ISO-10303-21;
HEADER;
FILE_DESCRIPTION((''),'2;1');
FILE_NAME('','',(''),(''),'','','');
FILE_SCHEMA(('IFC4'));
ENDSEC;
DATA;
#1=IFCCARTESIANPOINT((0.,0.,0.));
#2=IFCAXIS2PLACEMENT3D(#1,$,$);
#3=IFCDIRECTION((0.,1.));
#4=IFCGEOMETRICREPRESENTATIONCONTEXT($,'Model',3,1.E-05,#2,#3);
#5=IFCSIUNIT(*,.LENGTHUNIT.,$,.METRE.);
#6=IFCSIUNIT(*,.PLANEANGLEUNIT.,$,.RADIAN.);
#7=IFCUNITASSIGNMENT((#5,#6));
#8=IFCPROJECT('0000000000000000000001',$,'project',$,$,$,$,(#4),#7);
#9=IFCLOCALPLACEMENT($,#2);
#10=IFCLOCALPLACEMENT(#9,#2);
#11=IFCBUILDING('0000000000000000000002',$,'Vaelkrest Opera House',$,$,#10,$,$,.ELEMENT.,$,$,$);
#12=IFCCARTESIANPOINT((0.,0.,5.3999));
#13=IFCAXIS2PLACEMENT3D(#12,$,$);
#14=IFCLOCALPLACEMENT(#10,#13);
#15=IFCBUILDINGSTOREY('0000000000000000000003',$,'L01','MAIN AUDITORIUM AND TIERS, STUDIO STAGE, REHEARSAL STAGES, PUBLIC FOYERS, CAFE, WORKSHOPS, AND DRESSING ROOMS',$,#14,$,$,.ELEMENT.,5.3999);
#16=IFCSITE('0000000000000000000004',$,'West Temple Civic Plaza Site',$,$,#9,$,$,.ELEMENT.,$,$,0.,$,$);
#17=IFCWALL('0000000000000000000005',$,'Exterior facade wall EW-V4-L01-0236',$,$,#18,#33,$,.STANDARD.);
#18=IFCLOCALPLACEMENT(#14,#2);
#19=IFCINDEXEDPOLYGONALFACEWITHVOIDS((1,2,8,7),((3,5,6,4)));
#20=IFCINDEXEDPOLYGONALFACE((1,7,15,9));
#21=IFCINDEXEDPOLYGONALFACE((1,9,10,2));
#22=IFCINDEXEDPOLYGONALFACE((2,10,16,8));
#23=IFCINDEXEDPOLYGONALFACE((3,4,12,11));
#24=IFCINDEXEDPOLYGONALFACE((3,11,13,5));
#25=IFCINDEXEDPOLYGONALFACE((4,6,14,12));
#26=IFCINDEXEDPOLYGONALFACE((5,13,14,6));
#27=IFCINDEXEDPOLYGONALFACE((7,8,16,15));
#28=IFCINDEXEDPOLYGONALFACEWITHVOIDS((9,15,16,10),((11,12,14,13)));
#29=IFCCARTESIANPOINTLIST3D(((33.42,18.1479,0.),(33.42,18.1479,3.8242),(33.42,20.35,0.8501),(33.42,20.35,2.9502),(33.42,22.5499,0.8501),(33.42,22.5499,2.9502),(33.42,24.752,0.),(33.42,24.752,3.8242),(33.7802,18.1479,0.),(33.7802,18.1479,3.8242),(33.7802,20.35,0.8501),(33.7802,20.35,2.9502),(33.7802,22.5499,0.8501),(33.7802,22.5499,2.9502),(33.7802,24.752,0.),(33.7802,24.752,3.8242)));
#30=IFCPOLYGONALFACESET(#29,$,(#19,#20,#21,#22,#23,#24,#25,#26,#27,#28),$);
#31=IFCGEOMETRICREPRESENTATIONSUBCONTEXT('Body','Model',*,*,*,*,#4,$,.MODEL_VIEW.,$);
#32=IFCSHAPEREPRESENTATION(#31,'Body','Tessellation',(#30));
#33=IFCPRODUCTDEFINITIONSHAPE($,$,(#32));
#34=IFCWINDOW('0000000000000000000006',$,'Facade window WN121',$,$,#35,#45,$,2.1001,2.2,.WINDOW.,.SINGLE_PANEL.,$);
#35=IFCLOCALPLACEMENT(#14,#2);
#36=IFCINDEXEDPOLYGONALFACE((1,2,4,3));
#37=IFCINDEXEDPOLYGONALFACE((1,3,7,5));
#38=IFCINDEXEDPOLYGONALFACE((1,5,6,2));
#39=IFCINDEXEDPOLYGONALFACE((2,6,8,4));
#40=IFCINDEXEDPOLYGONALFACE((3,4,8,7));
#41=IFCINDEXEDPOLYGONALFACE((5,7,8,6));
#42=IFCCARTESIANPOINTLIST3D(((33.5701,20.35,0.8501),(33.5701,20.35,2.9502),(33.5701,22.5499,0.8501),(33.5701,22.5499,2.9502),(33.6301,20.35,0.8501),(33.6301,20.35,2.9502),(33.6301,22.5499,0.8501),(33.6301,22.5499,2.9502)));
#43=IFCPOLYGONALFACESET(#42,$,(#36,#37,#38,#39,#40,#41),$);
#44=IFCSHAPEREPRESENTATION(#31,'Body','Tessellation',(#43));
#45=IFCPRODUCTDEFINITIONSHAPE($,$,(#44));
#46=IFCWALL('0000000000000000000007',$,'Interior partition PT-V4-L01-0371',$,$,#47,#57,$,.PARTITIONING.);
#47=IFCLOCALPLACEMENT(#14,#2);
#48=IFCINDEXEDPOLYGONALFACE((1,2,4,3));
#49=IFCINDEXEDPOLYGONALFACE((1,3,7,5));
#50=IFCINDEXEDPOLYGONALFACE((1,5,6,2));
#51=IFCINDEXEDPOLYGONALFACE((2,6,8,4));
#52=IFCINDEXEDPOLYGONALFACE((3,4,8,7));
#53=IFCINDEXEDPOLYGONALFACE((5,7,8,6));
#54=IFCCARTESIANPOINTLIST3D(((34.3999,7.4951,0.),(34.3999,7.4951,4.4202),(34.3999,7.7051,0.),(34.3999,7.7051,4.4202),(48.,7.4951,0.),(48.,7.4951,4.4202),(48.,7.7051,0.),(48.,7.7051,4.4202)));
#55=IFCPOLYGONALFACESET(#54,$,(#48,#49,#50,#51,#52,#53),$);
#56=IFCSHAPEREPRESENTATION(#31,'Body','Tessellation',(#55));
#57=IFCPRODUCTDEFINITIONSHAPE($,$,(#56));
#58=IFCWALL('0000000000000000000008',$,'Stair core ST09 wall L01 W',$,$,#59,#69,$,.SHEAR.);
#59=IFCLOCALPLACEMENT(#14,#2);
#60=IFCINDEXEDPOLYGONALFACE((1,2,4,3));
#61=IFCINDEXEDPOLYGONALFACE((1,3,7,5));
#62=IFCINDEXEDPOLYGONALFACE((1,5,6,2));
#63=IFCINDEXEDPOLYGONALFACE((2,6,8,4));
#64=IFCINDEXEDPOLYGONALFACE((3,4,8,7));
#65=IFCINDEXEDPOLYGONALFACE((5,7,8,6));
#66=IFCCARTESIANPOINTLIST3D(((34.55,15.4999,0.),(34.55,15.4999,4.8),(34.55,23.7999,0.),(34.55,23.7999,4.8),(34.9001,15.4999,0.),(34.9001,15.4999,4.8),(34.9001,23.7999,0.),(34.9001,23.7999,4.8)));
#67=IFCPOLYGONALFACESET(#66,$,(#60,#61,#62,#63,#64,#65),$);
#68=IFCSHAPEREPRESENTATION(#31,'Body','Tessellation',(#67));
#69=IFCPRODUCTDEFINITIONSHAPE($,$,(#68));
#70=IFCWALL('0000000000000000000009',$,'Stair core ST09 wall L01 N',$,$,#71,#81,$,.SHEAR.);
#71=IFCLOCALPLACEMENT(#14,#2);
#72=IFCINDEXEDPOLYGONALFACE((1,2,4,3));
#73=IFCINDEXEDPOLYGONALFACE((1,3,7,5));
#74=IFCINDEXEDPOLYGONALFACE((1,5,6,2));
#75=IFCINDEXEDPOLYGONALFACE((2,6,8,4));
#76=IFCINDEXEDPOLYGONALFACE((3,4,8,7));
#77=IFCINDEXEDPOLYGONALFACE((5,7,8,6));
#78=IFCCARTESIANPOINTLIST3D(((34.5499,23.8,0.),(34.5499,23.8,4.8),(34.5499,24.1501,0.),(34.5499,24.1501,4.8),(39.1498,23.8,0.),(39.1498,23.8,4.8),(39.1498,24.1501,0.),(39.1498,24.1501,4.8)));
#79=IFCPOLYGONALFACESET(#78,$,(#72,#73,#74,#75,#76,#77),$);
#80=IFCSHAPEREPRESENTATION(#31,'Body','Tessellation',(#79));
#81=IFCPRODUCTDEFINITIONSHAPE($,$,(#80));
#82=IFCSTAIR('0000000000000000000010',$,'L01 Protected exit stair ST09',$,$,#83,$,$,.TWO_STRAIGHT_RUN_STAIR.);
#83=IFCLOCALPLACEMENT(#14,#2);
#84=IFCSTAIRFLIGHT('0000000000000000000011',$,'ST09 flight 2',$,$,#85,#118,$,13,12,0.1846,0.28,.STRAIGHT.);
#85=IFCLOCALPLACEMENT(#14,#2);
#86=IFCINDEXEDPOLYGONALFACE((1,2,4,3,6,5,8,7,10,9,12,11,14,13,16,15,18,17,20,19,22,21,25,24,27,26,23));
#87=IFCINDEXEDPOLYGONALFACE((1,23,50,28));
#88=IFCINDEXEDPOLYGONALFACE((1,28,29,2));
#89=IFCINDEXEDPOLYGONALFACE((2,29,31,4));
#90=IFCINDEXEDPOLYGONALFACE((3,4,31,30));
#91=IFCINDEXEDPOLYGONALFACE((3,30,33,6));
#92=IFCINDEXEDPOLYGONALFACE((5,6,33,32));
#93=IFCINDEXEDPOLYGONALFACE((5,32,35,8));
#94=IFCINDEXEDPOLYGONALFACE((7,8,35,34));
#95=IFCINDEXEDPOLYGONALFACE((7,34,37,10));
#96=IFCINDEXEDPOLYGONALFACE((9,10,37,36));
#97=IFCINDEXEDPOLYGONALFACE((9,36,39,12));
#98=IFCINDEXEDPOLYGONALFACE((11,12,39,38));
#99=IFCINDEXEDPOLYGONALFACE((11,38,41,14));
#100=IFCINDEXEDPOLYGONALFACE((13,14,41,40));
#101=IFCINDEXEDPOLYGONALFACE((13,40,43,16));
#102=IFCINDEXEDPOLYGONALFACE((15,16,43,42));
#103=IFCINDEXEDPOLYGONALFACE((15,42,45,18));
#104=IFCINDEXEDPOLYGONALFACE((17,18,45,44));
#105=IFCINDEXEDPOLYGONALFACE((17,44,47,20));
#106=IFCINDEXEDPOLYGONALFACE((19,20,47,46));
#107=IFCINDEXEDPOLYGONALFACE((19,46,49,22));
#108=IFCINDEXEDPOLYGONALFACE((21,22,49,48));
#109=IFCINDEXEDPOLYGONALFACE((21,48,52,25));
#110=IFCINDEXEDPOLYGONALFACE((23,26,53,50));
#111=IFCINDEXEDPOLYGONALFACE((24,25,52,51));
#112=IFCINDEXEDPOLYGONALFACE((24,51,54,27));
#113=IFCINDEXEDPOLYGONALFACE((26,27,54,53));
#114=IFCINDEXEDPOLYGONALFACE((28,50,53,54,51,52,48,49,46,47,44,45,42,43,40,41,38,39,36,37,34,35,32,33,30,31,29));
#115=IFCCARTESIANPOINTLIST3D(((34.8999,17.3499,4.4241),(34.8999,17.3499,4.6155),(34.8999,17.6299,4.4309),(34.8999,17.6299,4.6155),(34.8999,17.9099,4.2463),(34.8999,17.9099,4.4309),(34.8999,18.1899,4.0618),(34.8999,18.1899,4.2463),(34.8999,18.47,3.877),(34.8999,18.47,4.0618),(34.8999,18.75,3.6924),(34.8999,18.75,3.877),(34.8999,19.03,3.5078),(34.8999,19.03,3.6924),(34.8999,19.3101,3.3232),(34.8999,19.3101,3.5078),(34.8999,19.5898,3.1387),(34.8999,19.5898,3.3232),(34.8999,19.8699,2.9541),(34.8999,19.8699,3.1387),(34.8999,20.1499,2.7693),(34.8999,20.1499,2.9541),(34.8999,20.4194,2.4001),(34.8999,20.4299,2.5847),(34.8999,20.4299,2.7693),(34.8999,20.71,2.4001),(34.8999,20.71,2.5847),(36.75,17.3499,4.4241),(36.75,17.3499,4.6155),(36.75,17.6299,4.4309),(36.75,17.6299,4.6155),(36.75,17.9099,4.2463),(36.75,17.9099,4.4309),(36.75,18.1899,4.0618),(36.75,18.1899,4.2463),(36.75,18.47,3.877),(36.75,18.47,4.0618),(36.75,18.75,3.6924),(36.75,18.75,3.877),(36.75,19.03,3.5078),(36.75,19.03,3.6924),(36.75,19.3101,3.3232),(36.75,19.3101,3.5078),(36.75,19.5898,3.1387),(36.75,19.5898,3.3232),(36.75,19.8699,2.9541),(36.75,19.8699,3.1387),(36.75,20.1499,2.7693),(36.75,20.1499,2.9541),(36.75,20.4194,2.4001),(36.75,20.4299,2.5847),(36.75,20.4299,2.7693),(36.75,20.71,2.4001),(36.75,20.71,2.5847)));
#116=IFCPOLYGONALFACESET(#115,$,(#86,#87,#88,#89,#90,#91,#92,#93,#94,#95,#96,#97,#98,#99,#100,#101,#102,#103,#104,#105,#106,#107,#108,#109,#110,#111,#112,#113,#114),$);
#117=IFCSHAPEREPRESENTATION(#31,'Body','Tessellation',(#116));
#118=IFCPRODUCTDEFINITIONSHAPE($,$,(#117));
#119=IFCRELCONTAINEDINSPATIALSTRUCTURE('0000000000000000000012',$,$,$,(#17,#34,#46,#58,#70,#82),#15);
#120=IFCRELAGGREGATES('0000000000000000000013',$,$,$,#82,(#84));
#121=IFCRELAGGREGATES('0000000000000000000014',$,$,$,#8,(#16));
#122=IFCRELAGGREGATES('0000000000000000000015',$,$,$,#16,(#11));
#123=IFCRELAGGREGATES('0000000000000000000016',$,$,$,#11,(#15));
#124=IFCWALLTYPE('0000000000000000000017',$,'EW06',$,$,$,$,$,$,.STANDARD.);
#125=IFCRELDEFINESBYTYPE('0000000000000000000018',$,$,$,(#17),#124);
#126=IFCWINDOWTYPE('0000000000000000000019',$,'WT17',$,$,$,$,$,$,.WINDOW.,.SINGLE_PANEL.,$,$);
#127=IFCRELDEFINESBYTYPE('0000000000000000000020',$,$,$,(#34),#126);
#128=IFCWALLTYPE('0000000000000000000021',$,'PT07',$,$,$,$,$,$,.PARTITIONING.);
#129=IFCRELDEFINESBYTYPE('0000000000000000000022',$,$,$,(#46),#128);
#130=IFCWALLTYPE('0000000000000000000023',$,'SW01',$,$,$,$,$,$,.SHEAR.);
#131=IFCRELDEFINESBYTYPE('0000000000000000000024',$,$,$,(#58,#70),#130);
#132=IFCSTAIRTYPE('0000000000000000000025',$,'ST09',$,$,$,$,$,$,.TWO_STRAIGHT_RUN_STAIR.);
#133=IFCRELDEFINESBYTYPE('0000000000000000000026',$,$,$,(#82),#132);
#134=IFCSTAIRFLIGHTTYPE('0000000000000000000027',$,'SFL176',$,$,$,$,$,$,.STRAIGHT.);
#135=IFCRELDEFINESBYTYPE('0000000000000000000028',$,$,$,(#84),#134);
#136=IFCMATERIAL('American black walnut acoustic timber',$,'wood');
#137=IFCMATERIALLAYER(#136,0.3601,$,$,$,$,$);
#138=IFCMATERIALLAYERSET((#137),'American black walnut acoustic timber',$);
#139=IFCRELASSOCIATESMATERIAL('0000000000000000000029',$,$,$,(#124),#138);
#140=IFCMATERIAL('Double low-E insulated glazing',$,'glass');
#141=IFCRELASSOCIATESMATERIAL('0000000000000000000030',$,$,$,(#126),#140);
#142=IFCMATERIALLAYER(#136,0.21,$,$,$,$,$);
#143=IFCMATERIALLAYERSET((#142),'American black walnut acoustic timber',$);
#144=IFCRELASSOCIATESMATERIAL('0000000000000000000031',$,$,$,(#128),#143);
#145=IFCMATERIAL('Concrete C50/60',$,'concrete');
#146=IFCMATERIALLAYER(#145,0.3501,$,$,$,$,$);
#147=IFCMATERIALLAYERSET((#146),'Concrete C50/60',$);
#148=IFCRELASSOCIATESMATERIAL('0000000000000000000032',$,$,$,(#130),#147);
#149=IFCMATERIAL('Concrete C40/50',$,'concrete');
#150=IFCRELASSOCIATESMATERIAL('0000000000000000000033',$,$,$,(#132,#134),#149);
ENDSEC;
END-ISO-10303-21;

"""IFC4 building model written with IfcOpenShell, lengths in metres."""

from ifc_helpers import new_model, si_unit, direction, frame, frame_2d, origin, place, context, subcontext, project, spatial, polyline, rectangle, outline, extrude, material, layer, layer_set, type_object, element, fill, aggregate, save


model = new_model("IFC4")

# Units and contexts
model_context = context("Model", 3, precision=1e-05, world=origin(), true_north=direction((0.0, 1.0)))
body_context = subcontext(model_context, "Body", "Model", "MODEL_VIEW")
ifc_project = project(units=[si_unit("LENGTHUNIT", "METRE"), si_unit("PLANEANGLEUNIT", "RADIAN")], contexts=[model_context])

# Site, building, storey
site_placement = place(None, origin())
site = spatial("IfcSite", under=ifc_project, at=site_placement, Name="West Temple Civic Plaza Site", CompositionType="ELEMENT", RefElevation=0.0)
building_placement = place(site_placement, origin())
building = spatial("IfcBuilding", under=site, at=building_placement, Name="Vaelkrest Opera House", CompositionType="ELEMENT")
storey_placement = place(building_placement, frame((0.0, 0.0, 5.3999)))
storey = spatial("IfcBuildingStorey", under=building, at=storey_placement, Name="L01", Description="MAIN AUDITORIUM AND TIERS, STUDIO STAGE, REHEARSAL STAGES, PUBLIC FOYERS, CAFE, WORKSHOPS, AND DRESSING ROOMS", CompositionType="ELEMENT", Elevation=5.3999)

# Shared definitions
ifc_material_1 = material(Name="Concrete C50/60", Category="concrete")

# Shared definitions
ifc_material_2 = material(Name="Double low-E insulated glazing", Category="glass")

# Wall, opening, window
ifc_material_3 = material(Name="American black walnut acoustic timber", Category="wood")
ifc_layer_1 = layer(ifc_material_3, 0.3601)
ifc_layer_set_1 = layer_set([ifc_layer_1], Name="American black walnut acoustic timber")
wall_type_1 = type_object("IfcWallType", Name="EW06", PredefinedType="STANDARD", material=ifc_layer_set_1)
wall_1_placement = place(storey_placement, frame((33.6001, 18.1479, 0.0), z_axis=(0.0, 0.0, 1.0), x_axis=(0.0, 1.0, 0.0)))
wall_1 = element("IfcWall", 1, at=wall_1_placement, inside=storey, type_object=wall_type_1, Name="Exterior facade wall EW-V4-L01-0236", PredefinedType="STANDARD", context=body_context, shape_type="SweptSolid", body=[
    extrude(rectangle(XDim=6.604, YDim=0.3601, at=frame_2d((3.302, 0.0))), origin(), (0.0, 0.0, 1.0), 3.8242),
])
opening_placement = place(wall_1_placement, frame((2.2019, 0.0, 0.8501)))
opening = element("IfcOpeningElement", 2, at=opening_placement, cuts=wall_1, PredefinedType="OPENING", context=body_context, shape_type="SweptSolid", body=[
    extrude(rectangle(XDim=2.2, YDim=2.1001, at=frame_2d((1.1001, 1.05))), frame((0.0, 0.1899, 0.0), z_axis=(0.0, -1.0, 0.0), x_axis=(1.0, 0.0, 0.0)), (0.0, 0.0, 1.0), 0.3801),
])
window_type = type_object("IfcWindowType", Name="WT17", PartitioningType="SINGLE_PANEL", PredefinedType="WINDOW", material=ifc_material_2)
window_placement = place(opening_placement, origin())
window = element("IfcWindow", 3, at=window_placement, inside=storey, type_object=window_type, Name="Facade window WN121", OverallHeight=2.1001, OverallWidth=2.2, PartitioningType="SINGLE_PANEL", PredefinedType="WINDOW", context=body_context, shape_type="SweptSolid", body=[
    extrude(rectangle(XDim=2.2, YDim=2.1001, at=frame_2d((1.1001, 1.05))), frame((0.0, 0.03, 0.0), z_axis=(0.0, -1.0, 0.0), x_axis=(1.0, 0.0, 0.0)), (0.0, 0.0, 1.0), 0.0601),
])
fill(opening, window)

# Walls
ifc_layer_2 = layer(ifc_material_3, 0.21)
ifc_layer_set_2 = layer_set([ifc_layer_2], Name="American black walnut acoustic timber")
wall_type_2 = type_object("IfcWallType", Name="PT07", PredefinedType="PARTITIONING", material=ifc_layer_set_2)
wall_2_placement = place(storey_placement, frame((34.3999, 7.6001, 0.0), z_axis=(0.0, 0.0, 1.0), x_axis=(1.0, 0.0, 0.0)))
element("IfcWall", 4, at=wall_2_placement, inside=storey, type_object=wall_type_2, Name="Interior partition PT-V4-L01-0371", PredefinedType="PARTITIONING", context=body_context, shape_type="SweptSolid", body=[
    extrude(rectangle(XDim=13.6001, YDim=0.21, at=frame_2d((6.8, 0.0))), origin(), (0.0, 0.0, 1.0), 4.4202),
])
ifc_layer_3 = layer(ifc_material_1, 0.3501)
ifc_layer_set_3 = layer_set([ifc_layer_3], Name="Concrete C50/60")
wall_type_3 = type_object("IfcWallType", Name="SW01", PredefinedType="SHEAR", material=ifc_layer_set_3)
wall_3_placement = place(storey_placement, frame((34.7251, 15.5, 0.0), z_axis=(0.0, 0.0, 1.0), x_axis=(0.0, 1.0, 0.0)))
element("IfcWall", 5, at=wall_3_placement, inside=storey, type_object=wall_type_3, Name="Stair core ST09 wall L01 W", PredefinedType="SHEAR", context=body_context, shape_type="SweptSolid", body=[
    extrude(rectangle(XDim=8.3, YDim=0.3501, at=frame_2d((4.1499, 0.0))), origin(), (0.0, 0.0, 1.0), 4.8),
])
wall_4_placement = place(storey_placement, frame((34.55, 23.9751, 0.0), z_axis=(0.0, 0.0, 1.0), x_axis=(1.0, 0.0, 0.0)))
element("IfcWall", 6, at=wall_4_placement, inside=storey, type_object=wall_type_3, Name="Stair core ST09 wall L01 N", PredefinedType="SHEAR", context=body_context, shape_type="SweptSolid", body=[
    extrude(rectangle(XDim=4.5999, YDim=0.3501, at=frame_2d((2.2998, 0.0))), origin(), (0.0, 0.0, 1.0), 4.8),
])

# Stair, stair flight
ifc_material_4 = material(Name="Concrete C40/50", Category="concrete")
stair_type = type_object("IfcStairType", Name="ST09", PredefinedType="TWO_STRAIGHT_RUN_STAIR", material=ifc_material_4)
stair_placement = place(storey_placement, origin())
stair = element("IfcStair", 7, at=stair_placement, inside=storey, type_object=stair_type, Name="L01 Protected exit stair ST09", PredefinedType="TWO_STRAIGHT_RUN_STAIR")
stair_flight_type = type_object("IfcStairFlightType", Name="SFL176", PredefinedType="STRAIGHT", material=ifc_material_4)
stair_flight_placement = place(storey_placement, frame((35.825, 20.71, 2.4001), z_axis=(0.0, 0.0, 1.0), x_axis=(0.0, -1.0, 0.0)))
stair_flight = element("IfcStairFlight", 8, at=stair_flight_placement, type_object=stair_flight_type, Name="ST09 flight 2", NumberOfRisers=13, NumberOfTreads=12, PredefinedType="STRAIGHT", RiserHeight=0.1846, TreadLength=0.28, context=body_context, shape_type="SweptSolid", body=[
    extrude(outline(polyline([(0.0, 0.0), (0.0, 0.1846), (0.28, 0.1846), (0.28, 0.3691), (0.5601, 0.3691), (0.5601, 0.554), (0.8401, 0.554), (0.8401, 0.7385), (1.1201, 0.7385), (1.1201, 0.9231), (1.3999, 0.9231), (1.3999, 1.1077), (1.6799, 1.1077), (1.6799, 1.2922), (1.96, 1.2922), (1.96, 1.4768), (2.24, 1.4768), (2.24, 1.6616), (2.52, 1.6616), (2.52, 1.8462), (2.8, 1.8462), (2.8, 2.0308), (3.0801, 2.0308), (3.0801, 2.2153), (3.3601, 2.2153), (3.3601, 2.3999), (3.3601, 2.0239), (0.2905, 0.0), (0.0, 0.0)])), frame((0.0, 0.925, 0.0), z_axis=(0.0, -1.0, 0.0), x_axis=(1.0, 0.0, 0.0)), (0.0, 0.0, 1.0), 1.8501),
])
aggregate(stair, [stair_flight])

save(model, "model.ifc")
